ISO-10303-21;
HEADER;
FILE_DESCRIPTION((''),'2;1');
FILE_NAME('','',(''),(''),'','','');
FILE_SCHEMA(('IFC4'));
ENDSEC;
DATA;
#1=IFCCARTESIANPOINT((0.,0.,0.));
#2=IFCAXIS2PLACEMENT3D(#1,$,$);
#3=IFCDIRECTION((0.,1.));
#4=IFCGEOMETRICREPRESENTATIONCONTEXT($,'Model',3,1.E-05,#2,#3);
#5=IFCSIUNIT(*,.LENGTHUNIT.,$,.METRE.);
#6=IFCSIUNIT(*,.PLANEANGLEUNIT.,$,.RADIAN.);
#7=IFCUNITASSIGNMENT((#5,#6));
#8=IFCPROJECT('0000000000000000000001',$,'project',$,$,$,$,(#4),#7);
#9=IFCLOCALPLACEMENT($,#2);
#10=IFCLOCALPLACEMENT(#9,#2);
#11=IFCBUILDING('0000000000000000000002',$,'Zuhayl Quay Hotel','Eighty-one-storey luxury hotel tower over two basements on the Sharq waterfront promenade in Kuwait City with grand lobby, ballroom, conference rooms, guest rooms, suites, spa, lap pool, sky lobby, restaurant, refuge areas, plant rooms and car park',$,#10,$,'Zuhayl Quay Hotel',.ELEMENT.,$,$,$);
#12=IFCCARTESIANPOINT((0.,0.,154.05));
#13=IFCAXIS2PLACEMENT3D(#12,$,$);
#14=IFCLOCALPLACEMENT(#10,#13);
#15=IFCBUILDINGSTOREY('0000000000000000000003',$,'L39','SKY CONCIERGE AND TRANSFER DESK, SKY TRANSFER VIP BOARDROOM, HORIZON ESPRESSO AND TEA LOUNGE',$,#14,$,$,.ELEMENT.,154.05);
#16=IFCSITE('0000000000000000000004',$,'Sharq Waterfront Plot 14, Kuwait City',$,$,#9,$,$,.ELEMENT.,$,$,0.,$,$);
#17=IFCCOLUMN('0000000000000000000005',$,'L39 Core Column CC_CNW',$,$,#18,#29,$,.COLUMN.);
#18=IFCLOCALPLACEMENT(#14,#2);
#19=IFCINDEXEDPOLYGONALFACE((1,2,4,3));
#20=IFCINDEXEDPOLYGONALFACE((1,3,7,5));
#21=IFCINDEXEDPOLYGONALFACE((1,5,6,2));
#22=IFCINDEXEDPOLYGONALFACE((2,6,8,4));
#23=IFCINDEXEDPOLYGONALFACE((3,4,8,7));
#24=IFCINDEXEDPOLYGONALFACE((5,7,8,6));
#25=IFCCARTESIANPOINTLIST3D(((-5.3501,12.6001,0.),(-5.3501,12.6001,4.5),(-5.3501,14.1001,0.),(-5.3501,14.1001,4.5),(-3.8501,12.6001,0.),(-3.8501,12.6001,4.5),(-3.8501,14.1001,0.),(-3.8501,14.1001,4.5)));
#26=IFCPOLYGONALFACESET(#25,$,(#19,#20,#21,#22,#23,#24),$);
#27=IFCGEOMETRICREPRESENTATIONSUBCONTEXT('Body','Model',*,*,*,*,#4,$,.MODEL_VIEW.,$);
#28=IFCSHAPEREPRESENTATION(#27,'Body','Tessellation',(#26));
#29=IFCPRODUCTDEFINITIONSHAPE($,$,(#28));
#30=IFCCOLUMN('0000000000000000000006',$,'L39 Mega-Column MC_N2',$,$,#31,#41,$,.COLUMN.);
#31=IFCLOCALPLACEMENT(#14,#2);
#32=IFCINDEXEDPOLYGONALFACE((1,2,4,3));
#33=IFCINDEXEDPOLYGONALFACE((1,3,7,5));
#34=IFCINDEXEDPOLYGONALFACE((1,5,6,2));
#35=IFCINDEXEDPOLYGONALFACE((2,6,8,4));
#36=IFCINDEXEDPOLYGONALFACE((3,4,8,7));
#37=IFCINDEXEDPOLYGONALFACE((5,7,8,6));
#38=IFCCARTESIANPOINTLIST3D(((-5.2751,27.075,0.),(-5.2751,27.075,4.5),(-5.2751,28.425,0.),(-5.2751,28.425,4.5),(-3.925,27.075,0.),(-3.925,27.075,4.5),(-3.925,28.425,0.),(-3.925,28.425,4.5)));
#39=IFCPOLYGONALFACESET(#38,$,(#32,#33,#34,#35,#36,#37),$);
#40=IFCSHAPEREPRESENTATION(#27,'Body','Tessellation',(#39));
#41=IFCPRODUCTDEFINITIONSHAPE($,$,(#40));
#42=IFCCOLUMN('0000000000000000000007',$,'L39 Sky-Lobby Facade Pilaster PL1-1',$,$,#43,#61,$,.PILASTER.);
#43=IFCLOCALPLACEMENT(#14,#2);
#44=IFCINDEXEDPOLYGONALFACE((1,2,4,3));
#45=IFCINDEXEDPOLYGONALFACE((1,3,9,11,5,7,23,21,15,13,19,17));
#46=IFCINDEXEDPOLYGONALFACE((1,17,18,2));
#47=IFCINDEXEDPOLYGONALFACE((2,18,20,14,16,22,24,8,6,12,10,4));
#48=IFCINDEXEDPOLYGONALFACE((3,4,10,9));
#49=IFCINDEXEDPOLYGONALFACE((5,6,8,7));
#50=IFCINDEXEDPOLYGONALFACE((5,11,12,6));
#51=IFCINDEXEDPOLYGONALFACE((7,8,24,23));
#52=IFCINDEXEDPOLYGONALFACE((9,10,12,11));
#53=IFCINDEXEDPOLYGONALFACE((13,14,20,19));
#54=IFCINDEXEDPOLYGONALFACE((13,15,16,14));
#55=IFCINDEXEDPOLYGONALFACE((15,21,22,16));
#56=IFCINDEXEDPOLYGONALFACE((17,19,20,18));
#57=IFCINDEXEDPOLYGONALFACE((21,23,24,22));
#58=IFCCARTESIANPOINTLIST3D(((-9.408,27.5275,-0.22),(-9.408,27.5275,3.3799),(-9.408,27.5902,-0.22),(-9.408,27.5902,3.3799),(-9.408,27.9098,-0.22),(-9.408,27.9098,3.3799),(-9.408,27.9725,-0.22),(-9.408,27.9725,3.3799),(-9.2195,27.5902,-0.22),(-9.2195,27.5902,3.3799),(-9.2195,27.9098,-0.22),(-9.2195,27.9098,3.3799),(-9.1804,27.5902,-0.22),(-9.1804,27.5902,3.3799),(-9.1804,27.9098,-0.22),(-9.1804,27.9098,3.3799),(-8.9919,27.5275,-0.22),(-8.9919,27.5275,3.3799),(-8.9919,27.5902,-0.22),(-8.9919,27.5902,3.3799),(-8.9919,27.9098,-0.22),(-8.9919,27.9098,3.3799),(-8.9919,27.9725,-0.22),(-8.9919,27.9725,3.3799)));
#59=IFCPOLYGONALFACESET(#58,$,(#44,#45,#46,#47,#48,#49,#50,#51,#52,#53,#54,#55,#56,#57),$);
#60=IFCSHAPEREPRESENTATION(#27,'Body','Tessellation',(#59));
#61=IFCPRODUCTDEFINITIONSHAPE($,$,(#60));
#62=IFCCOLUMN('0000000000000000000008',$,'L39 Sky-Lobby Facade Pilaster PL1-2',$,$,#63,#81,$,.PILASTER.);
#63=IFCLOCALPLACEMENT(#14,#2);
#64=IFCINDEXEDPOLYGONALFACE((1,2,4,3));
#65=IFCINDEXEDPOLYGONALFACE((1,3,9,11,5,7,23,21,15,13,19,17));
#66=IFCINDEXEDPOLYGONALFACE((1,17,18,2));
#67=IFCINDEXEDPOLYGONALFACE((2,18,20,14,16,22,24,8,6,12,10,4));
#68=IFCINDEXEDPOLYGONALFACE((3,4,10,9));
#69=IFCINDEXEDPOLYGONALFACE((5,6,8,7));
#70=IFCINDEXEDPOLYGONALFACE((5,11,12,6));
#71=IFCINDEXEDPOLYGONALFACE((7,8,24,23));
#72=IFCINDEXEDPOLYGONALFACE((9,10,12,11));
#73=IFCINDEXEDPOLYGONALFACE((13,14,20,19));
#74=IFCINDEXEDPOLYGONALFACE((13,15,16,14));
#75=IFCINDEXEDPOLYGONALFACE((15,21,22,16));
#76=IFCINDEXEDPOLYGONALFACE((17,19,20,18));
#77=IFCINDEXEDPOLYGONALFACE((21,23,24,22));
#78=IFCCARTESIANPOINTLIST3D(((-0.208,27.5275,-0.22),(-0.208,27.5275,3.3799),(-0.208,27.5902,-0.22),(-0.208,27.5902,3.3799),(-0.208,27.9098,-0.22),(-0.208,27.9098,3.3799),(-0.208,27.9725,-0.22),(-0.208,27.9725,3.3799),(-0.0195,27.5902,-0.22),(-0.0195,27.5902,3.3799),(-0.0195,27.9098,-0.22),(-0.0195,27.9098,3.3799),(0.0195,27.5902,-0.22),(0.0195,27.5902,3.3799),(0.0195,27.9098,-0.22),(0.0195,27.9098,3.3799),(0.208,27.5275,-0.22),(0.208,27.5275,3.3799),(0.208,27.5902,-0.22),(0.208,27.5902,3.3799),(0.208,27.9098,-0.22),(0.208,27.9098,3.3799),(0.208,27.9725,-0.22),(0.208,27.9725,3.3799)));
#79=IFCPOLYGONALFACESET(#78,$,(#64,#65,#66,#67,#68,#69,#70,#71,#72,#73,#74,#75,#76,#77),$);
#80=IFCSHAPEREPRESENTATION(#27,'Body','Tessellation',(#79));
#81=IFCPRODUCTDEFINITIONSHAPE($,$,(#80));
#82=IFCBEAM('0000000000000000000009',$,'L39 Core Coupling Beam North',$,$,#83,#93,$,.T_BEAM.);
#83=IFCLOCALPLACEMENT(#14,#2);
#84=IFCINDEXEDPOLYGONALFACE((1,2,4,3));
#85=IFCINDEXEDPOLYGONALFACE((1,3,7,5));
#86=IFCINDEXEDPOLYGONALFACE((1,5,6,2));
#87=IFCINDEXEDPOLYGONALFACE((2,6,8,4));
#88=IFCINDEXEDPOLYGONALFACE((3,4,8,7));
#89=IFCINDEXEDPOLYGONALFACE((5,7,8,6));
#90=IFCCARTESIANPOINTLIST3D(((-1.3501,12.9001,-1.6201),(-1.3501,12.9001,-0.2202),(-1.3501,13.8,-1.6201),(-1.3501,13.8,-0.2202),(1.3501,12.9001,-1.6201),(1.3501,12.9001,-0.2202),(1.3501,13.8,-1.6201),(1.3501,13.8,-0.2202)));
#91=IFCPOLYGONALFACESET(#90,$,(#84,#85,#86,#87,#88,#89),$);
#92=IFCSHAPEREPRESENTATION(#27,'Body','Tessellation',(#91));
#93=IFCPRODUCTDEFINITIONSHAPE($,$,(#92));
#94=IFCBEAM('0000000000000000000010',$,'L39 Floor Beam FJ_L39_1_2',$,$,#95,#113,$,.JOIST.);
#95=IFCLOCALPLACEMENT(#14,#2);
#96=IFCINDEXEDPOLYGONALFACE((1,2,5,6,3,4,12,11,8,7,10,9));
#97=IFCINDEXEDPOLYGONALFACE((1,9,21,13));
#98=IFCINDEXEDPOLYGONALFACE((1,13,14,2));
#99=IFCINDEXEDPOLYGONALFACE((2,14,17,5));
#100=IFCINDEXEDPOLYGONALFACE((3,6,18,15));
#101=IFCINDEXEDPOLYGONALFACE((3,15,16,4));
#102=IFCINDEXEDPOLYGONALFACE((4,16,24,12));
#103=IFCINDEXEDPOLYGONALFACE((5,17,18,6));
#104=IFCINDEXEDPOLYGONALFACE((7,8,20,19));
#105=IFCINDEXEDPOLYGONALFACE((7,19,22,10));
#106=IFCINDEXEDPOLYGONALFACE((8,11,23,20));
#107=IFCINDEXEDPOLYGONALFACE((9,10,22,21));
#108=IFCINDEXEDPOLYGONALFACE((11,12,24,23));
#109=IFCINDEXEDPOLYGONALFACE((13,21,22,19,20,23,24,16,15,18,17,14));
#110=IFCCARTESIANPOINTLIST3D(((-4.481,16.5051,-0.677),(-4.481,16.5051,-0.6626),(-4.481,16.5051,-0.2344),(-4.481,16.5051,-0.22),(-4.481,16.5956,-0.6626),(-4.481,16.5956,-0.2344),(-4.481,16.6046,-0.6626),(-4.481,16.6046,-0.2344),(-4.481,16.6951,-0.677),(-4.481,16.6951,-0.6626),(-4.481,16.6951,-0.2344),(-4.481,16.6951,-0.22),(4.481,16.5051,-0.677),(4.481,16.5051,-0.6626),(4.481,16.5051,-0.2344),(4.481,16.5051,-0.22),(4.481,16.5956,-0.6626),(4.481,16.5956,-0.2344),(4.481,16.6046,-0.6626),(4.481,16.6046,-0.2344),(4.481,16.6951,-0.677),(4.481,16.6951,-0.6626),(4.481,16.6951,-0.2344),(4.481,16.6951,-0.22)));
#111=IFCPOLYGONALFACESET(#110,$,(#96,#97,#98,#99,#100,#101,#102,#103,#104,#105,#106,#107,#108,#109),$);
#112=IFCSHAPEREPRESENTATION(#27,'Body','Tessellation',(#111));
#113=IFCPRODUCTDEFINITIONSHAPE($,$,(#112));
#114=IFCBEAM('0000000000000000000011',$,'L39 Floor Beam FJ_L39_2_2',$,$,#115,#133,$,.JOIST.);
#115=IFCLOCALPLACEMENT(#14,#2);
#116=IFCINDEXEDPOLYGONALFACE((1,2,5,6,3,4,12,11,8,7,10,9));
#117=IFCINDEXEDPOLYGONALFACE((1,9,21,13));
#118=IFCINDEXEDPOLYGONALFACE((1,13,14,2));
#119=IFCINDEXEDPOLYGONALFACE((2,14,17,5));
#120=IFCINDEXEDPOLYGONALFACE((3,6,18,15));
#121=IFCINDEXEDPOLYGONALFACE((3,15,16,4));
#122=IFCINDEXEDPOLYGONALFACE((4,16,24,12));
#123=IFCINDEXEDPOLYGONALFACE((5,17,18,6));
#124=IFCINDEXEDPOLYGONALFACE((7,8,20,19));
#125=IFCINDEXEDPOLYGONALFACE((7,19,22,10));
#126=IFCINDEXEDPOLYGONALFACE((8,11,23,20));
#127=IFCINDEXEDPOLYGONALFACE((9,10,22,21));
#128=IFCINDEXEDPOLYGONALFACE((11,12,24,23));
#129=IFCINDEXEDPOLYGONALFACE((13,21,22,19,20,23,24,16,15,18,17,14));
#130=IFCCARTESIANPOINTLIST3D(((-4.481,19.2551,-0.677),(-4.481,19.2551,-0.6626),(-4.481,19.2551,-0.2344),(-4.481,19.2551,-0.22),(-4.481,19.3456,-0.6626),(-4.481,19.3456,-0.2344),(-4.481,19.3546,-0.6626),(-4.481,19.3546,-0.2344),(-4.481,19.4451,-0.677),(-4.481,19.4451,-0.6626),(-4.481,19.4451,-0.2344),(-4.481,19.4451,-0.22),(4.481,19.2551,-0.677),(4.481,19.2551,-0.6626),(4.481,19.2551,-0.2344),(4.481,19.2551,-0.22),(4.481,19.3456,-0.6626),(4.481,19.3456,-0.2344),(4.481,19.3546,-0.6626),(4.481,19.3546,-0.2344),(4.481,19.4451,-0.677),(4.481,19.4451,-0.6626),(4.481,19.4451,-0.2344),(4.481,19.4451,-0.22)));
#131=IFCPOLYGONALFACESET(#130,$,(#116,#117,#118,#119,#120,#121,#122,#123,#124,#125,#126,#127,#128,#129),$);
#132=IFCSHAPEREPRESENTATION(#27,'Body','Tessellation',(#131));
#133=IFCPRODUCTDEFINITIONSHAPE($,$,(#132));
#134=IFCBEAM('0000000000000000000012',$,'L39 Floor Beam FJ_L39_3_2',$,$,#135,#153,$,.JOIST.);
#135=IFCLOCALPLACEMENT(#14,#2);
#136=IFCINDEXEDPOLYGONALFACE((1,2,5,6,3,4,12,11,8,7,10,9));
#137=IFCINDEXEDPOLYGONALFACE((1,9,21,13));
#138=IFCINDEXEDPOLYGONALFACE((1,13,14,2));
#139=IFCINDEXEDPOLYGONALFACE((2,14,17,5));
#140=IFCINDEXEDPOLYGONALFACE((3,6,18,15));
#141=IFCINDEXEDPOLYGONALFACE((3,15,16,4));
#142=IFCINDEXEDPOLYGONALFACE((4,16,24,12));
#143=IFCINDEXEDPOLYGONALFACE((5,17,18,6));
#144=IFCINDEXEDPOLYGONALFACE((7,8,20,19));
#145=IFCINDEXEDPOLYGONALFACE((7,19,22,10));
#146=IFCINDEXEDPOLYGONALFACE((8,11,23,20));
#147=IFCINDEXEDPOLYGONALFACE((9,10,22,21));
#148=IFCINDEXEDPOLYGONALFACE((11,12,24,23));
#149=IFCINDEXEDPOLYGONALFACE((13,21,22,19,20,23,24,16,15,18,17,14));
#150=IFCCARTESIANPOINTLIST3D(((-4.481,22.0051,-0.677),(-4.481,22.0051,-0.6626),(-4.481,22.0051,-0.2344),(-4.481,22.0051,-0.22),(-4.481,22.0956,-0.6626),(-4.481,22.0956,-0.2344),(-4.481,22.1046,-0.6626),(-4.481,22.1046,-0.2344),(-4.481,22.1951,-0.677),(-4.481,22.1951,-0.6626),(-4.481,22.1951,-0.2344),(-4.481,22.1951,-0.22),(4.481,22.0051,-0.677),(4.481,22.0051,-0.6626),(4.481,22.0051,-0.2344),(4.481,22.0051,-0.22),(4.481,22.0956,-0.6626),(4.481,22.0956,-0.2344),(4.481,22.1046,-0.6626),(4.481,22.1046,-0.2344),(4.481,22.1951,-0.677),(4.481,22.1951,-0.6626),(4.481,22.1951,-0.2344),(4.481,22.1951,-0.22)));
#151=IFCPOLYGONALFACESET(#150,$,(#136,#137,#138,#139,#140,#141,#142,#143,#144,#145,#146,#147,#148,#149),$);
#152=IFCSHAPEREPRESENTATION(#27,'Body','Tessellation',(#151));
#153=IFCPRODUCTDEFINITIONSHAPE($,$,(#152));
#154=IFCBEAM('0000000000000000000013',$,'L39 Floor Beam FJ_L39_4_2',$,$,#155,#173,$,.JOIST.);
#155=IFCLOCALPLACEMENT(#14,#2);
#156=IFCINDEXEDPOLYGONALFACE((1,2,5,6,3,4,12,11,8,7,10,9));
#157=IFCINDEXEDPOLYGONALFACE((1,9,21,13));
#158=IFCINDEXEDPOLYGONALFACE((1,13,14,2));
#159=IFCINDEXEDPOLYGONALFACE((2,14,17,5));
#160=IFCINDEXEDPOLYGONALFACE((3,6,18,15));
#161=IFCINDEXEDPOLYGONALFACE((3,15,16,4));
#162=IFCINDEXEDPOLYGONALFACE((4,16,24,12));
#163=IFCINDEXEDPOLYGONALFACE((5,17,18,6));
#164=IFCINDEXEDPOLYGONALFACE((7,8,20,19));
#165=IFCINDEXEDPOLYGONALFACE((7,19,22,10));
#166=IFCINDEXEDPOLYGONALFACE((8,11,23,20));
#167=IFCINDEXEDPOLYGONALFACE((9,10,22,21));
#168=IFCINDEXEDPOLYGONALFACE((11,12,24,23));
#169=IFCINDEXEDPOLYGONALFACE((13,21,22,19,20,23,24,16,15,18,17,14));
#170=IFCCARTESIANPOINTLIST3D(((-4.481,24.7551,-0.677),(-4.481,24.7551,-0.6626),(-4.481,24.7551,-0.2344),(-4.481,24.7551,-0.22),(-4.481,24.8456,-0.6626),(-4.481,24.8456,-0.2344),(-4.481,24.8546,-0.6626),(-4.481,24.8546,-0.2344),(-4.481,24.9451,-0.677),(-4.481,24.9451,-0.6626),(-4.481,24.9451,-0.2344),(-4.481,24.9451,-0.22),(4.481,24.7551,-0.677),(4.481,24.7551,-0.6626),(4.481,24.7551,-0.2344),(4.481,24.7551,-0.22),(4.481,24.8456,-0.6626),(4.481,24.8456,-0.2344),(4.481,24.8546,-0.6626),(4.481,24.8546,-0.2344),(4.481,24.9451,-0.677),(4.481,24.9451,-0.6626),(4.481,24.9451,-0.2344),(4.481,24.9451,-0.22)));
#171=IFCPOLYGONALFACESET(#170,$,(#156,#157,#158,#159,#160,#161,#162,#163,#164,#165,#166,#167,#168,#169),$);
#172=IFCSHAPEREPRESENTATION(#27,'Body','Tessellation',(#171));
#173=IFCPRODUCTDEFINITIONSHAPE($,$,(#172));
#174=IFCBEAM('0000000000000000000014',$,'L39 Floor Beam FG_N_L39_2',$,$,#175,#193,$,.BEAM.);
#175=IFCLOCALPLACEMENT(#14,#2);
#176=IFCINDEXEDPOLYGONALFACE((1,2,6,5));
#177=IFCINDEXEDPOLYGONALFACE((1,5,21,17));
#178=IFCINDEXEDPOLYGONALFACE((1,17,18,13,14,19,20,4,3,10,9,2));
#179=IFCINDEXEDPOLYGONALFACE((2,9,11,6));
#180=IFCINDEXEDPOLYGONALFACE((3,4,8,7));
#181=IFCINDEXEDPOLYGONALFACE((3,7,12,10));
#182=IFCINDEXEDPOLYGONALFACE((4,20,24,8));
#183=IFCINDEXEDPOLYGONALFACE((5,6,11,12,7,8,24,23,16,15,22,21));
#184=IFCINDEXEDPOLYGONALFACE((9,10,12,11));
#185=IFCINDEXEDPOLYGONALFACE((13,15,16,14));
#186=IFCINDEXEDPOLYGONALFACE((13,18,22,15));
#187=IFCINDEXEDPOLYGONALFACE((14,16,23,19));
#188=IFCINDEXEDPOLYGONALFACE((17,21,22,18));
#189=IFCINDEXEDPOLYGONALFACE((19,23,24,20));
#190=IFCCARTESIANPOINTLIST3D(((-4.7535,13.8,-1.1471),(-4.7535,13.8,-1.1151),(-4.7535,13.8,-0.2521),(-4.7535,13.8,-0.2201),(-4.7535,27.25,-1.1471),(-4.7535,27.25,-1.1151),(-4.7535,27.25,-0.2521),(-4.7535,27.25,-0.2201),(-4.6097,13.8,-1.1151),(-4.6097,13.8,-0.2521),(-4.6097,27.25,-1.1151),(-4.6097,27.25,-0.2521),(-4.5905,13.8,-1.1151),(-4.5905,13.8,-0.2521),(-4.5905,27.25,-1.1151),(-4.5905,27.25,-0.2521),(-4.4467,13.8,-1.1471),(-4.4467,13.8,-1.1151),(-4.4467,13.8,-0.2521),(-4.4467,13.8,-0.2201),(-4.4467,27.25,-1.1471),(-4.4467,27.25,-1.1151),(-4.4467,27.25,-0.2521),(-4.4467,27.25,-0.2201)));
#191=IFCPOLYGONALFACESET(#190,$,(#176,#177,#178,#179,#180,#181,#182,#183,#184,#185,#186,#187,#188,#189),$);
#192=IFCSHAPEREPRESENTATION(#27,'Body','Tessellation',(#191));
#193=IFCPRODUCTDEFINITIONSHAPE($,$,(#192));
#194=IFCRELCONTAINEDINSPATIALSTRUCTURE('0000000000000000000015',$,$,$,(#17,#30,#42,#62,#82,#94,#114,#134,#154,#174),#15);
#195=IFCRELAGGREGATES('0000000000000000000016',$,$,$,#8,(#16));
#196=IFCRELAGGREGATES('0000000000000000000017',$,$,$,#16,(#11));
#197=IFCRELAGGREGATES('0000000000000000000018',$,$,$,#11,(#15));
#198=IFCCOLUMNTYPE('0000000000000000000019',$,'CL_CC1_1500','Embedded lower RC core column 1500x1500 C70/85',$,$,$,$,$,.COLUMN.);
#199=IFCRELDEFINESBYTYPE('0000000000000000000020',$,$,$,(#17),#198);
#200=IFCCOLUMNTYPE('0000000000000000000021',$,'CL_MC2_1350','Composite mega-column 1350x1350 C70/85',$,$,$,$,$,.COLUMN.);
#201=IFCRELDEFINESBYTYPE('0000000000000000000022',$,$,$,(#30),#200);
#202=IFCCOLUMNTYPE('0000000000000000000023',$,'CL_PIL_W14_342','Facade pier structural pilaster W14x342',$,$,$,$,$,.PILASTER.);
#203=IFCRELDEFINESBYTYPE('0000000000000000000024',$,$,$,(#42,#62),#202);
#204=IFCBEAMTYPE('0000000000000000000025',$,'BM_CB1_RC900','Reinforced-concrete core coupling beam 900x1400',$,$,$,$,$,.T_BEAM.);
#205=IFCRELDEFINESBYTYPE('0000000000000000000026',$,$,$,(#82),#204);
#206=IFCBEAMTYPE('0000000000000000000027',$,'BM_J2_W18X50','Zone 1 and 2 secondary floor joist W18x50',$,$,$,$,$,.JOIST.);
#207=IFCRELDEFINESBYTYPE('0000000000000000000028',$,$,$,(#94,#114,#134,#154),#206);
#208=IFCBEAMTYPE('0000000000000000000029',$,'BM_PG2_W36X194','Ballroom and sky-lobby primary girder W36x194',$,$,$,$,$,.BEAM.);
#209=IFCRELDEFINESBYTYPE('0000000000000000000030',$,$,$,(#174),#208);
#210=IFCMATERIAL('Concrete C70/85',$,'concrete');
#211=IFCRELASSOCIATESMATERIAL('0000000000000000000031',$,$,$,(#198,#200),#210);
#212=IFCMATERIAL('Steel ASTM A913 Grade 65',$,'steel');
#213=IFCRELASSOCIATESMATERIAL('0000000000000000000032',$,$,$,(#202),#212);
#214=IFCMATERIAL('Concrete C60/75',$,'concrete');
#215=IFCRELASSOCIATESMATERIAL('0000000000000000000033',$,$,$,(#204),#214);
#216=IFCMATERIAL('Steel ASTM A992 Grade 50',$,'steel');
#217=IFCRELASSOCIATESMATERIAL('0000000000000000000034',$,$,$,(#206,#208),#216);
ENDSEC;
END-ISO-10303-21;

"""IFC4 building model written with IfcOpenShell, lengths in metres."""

from ifc_helpers import new_model, si_unit, direction, frame, origin, origin_2d, place, context, subcontext, project, spatial, rectangle, i_section, extrude, material, material_profile, profile_set, type_object, element, save


model = new_model("IFC4")

# Units and contexts
model_context = context("Model", 3, precision=1e-05, world=origin(), true_north=direction((0.0, 1.0)))
body_context = subcontext(model_context, "Body", "Model", "MODEL_VIEW")
ifc_project = project(units=[si_unit("LENGTHUNIT", "METRE"), si_unit("PLANEANGLEUNIT", "RADIAN")], contexts=[model_context])

# Site, building, storey
site_placement = place(None, origin())
site = spatial("IfcSite", under=ifc_project, at=site_placement, Name="Sharq Waterfront Plot 14, Kuwait City", CompositionType="ELEMENT", RefElevation=0.0)
building_placement = place(site_placement, origin())
building = spatial("IfcBuilding", under=site, at=building_placement, Name="Zuhayl Quay Hotel", Description="Eighty-one-storey luxury hotel tower over two basements on the Sharq waterfront promenade in Kuwait City with grand lobby, ballroom, conference rooms, guest rooms, suites, spa, lap pool, sky lobby, restaurant, refuge areas, plant rooms and car park", LongName="Zuhayl Quay Hotel", CompositionType="ELEMENT")
storey_placement = place(building_placement, frame((0.0, 0.0, 154.05)))
storey = spatial("IfcBuildingStorey", under=building, at=storey_placement, Name="L39", Description="SKY CONCIERGE AND TRANSFER DESK, SKY TRANSFER VIP BOARDROOM, HORIZON ESPRESSO AND TEA LOUNGE", CompositionType="ELEMENT", Elevation=154.05)

# Columns
ifc_material_1 = material(Name="Concrete C70/85", Category="concrete")
ifc_material_profile_1 = material_profile(ifc_material_1, rectangle(XDim=1.5, YDim=1.5, at=origin_2d()), Name="RC1500X1500")
ifc_profile_set_1 = profile_set([ifc_material_profile_1], Name="Concrete C70/85")
column_type_1 = type_object("IfcColumnType", Name="CL_CC1_1500", Description="Embedded lower RC core column 1500x1500 C70/85", PredefinedType="COLUMN", material=ifc_profile_set_1)
column_1_placement = place(storey_placement, frame((-4.6001, 13.3501, 0.0), z_axis=(0.0, 0.0, 1.0), x_axis=(1.0, 0.0, 0.0)))
element("IfcColumn", 1, at=column_1_placement, inside=storey, type_object=column_type_1, Name="L39 Core Column CC_CNW", PredefinedType="COLUMN", context=body_context, shape_type="SweptSolid", body=[
    extrude(rectangle(XDim=1.5, YDim=1.5, at=origin_2d()), origin(), (0.0, 0.0, 1.0), 4.5),
])
ifc_material_profile_2 = material_profile(ifc_material_1, rectangle(XDim=1.3501, YDim=1.3501, at=origin_2d()), Name="RC1350X1350")
ifc_profile_set_2 = profile_set([ifc_material_profile_2], Name="Concrete C70/85")
column_type_2 = type_object("IfcColumnType", Name="CL_MC2_1350", Description="Composite mega-column 1350x1350 C70/85", PredefinedType="COLUMN", material=ifc_profile_set_2)
column_2_placement = place(storey_placement, frame((-4.6001, 27.75, 0.0), z_axis=(0.0, 0.0, 1.0), x_axis=(1.0, 0.0, 0.0)))
element("IfcColumn", 2, at=column_2_placement, inside=storey, type_object=column_type_2, Name="L39 Mega-Column MC_N2", PredefinedType="COLUMN", context=body_context, shape_type="SweptSolid", body=[
    extrude(rectangle(XDim=1.3501, YDim=1.3501, at=origin_2d()), origin(), (0.0, 0.0, 1.0), 4.5),
])
ifc_material_2 = material(Name="Steel ASTM A913 Grade 65", Category="steel")
ifc_material_profile_3 = material_profile(ifc_material_2, i_section(OverallWidth=0.416, OverallDepth=0.4451, WebThickness=0.0391, FlangeThickness=0.0627, at=origin_2d()), Name="W14X342")
ifc_profile_set_3 = profile_set([ifc_material_profile_3], Name="Steel ASTM A913 Grade 65")
column_type_3 = type_object("IfcColumnType", Name="CL_PIL_W14_342", Description="Facade pier structural pilaster W14x342", PredefinedType="PILASTER", material=ifc_profile_set_3)
for number, where, z_axis, x_axis, name in (
    (3, (-9.2, 27.75, -0.22), (0.0, 0.0, 1.0), (1.0, 0.0, 0.0), "L39 Sky-Lobby Facade Pilaster PL1-1"),
    (4, (0.0, 27.75, -0.22), (0.0, 0.0, 1.0), (1.0, 0.0, 0.0), "L39 Sky-Lobby Facade Pilaster PL1-2"),
):
    element("IfcColumn", number, at=place(storey_placement, frame(where, z_axis=z_axis, x_axis=x_axis)), inside=storey, type_object=column_type_3, Name=name, PredefinedType="PILASTER", context=body_context, shape_type="SweptSolid", body=[
        extrude(i_section(OverallWidth=0.416, OverallDepth=0.4451, WebThickness=0.0391, FlangeThickness=0.0627, at=origin_2d()), origin(), (0.0, 0.0, 1.0), 3.5999),
    ])

# Beams
ifc_material_3 = material(Name="Concrete C60/75", Category="concrete")
ifc_material_profile_4 = material_profile(ifc_material_3, rectangle(XDim=0.8999, YDim=1.3999, at=origin_2d()), Name="RC900X1400")
ifc_profile_set_4 = profile_set([ifc_material_profile_4], Name="Concrete C60/75")
beam_type_1 = type_object("IfcBeamType", Name="BM_CB1_RC900", Description="Reinforced-concrete core coupling beam 900x1400", PredefinedType="T_BEAM", material=ifc_profile_set_4)
beam_1_placement = place(storey_placement, frame((-1.3501, 13.3501, -0.9202), z_axis=(1.0, 0.0, 0.0), x_axis=(0.0, 1.0, 0.0)))
element("IfcBeam", 5, at=beam_1_placement, inside=storey, type_object=beam_type_1, Name="L39 Core Coupling Beam North", PredefinedType="T_BEAM", context=body_context, shape_type="SweptSolid", body=[
    extrude(rectangle(XDim=0.8999, YDim=1.3999, at=origin_2d()), origin(), (0.0, 0.0, 1.0), 2.7002),
])
ifc_material_4 = material(Name="Steel ASTM A992 Grade 50", Category="steel")
ifc_material_profile_5 = material_profile(ifc_material_4, i_section(OverallWidth=0.1899, OverallDepth=0.457, WebThickness=0.009, FlangeThickness=0.0144, at=origin_2d()), Name="W18X50")
ifc_profile_set_5 = profile_set([ifc_material_profile_5], Name="Steel ASTM A992 Grade 50")
beam_type_2 = type_object("IfcBeamType", Name="BM_J2_W18X50", Description="Zone 1 and 2 secondary floor joist W18x50", PredefinedType="JOIST", material=ifc_profile_set_5)
for number, where, z_axis, x_axis, name in (
    (6, (-4.481, 16.6001, -0.4485), (1.0, 0.0, 0.0), (0.0, 1.0, 0.0), "L39 Floor Beam FJ_L39_1_2"),
    (7, (-4.481, 19.3501, -0.4485), (1.0, 0.0, 0.0), (0.0, 1.0, 0.0), "L39 Floor Beam FJ_L39_2_2"),
    (8, (-4.481, 22.1001, -0.4485), (1.0, 0.0, 0.0), (0.0, 1.0, 0.0), "L39 Floor Beam FJ_L39_3_2"),
    (9, (-4.481, 24.8501, -0.4485), (1.0, 0.0, 0.0), (0.0, 1.0, 0.0), "L39 Floor Beam FJ_L39_4_2"),
):
    element("IfcBeam", number, at=place(storey_placement, frame(where, z_axis=z_axis, x_axis=x_axis)), inside=storey, type_object=beam_type_2, Name=name, PredefinedType="JOIST", context=body_context, shape_type="SweptSolid", body=[
        extrude(i_section(OverallWidth=0.1899, OverallDepth=0.457, WebThickness=0.009, FlangeThickness=0.0144, at=origin_2d()), origin(), (0.0, 0.0, 1.0), 8.9619),
    ])
ifc_material_profile_6 = material_profile(ifc_material_4, i_section(OverallWidth=0.3069, OverallDepth=0.927, WebThickness=0.0193, FlangeThickness=0.032, at=origin_2d()), Name="W36X194")
ifc_profile_set_6 = profile_set([ifc_material_profile_6], Name="Steel ASTM A992 Grade 50")
beam_type_3 = type_object("IfcBeamType", Name="BM_PG2_W36X194", Description="Ballroom and sky-lobby primary girder W36x194", PredefinedType="BEAM", material=ifc_profile_set_6)
beam_2_placement = place(storey_placement, frame((-4.6001, 13.8, -0.6836), z_axis=(0.0, 1.0, 0.0), x_axis=(-1.0, 0.0, 0.0)))
element("IfcBeam", 10, at=beam_2_placement, inside=storey, type_object=beam_type_3, Name="L39 Floor Beam FG_N_L39_2", PredefinedType="BEAM", context=body_context, shape_type="SweptSolid", body=[
    extrude(i_section(OverallWidth=0.3069, OverallDepth=0.927, WebThickness=0.0193, FlangeThickness=0.032, at=origin_2d()), origin(), (0.0, 0.0, 1.0), 13.45),
])

save(model, "model.ifc")
